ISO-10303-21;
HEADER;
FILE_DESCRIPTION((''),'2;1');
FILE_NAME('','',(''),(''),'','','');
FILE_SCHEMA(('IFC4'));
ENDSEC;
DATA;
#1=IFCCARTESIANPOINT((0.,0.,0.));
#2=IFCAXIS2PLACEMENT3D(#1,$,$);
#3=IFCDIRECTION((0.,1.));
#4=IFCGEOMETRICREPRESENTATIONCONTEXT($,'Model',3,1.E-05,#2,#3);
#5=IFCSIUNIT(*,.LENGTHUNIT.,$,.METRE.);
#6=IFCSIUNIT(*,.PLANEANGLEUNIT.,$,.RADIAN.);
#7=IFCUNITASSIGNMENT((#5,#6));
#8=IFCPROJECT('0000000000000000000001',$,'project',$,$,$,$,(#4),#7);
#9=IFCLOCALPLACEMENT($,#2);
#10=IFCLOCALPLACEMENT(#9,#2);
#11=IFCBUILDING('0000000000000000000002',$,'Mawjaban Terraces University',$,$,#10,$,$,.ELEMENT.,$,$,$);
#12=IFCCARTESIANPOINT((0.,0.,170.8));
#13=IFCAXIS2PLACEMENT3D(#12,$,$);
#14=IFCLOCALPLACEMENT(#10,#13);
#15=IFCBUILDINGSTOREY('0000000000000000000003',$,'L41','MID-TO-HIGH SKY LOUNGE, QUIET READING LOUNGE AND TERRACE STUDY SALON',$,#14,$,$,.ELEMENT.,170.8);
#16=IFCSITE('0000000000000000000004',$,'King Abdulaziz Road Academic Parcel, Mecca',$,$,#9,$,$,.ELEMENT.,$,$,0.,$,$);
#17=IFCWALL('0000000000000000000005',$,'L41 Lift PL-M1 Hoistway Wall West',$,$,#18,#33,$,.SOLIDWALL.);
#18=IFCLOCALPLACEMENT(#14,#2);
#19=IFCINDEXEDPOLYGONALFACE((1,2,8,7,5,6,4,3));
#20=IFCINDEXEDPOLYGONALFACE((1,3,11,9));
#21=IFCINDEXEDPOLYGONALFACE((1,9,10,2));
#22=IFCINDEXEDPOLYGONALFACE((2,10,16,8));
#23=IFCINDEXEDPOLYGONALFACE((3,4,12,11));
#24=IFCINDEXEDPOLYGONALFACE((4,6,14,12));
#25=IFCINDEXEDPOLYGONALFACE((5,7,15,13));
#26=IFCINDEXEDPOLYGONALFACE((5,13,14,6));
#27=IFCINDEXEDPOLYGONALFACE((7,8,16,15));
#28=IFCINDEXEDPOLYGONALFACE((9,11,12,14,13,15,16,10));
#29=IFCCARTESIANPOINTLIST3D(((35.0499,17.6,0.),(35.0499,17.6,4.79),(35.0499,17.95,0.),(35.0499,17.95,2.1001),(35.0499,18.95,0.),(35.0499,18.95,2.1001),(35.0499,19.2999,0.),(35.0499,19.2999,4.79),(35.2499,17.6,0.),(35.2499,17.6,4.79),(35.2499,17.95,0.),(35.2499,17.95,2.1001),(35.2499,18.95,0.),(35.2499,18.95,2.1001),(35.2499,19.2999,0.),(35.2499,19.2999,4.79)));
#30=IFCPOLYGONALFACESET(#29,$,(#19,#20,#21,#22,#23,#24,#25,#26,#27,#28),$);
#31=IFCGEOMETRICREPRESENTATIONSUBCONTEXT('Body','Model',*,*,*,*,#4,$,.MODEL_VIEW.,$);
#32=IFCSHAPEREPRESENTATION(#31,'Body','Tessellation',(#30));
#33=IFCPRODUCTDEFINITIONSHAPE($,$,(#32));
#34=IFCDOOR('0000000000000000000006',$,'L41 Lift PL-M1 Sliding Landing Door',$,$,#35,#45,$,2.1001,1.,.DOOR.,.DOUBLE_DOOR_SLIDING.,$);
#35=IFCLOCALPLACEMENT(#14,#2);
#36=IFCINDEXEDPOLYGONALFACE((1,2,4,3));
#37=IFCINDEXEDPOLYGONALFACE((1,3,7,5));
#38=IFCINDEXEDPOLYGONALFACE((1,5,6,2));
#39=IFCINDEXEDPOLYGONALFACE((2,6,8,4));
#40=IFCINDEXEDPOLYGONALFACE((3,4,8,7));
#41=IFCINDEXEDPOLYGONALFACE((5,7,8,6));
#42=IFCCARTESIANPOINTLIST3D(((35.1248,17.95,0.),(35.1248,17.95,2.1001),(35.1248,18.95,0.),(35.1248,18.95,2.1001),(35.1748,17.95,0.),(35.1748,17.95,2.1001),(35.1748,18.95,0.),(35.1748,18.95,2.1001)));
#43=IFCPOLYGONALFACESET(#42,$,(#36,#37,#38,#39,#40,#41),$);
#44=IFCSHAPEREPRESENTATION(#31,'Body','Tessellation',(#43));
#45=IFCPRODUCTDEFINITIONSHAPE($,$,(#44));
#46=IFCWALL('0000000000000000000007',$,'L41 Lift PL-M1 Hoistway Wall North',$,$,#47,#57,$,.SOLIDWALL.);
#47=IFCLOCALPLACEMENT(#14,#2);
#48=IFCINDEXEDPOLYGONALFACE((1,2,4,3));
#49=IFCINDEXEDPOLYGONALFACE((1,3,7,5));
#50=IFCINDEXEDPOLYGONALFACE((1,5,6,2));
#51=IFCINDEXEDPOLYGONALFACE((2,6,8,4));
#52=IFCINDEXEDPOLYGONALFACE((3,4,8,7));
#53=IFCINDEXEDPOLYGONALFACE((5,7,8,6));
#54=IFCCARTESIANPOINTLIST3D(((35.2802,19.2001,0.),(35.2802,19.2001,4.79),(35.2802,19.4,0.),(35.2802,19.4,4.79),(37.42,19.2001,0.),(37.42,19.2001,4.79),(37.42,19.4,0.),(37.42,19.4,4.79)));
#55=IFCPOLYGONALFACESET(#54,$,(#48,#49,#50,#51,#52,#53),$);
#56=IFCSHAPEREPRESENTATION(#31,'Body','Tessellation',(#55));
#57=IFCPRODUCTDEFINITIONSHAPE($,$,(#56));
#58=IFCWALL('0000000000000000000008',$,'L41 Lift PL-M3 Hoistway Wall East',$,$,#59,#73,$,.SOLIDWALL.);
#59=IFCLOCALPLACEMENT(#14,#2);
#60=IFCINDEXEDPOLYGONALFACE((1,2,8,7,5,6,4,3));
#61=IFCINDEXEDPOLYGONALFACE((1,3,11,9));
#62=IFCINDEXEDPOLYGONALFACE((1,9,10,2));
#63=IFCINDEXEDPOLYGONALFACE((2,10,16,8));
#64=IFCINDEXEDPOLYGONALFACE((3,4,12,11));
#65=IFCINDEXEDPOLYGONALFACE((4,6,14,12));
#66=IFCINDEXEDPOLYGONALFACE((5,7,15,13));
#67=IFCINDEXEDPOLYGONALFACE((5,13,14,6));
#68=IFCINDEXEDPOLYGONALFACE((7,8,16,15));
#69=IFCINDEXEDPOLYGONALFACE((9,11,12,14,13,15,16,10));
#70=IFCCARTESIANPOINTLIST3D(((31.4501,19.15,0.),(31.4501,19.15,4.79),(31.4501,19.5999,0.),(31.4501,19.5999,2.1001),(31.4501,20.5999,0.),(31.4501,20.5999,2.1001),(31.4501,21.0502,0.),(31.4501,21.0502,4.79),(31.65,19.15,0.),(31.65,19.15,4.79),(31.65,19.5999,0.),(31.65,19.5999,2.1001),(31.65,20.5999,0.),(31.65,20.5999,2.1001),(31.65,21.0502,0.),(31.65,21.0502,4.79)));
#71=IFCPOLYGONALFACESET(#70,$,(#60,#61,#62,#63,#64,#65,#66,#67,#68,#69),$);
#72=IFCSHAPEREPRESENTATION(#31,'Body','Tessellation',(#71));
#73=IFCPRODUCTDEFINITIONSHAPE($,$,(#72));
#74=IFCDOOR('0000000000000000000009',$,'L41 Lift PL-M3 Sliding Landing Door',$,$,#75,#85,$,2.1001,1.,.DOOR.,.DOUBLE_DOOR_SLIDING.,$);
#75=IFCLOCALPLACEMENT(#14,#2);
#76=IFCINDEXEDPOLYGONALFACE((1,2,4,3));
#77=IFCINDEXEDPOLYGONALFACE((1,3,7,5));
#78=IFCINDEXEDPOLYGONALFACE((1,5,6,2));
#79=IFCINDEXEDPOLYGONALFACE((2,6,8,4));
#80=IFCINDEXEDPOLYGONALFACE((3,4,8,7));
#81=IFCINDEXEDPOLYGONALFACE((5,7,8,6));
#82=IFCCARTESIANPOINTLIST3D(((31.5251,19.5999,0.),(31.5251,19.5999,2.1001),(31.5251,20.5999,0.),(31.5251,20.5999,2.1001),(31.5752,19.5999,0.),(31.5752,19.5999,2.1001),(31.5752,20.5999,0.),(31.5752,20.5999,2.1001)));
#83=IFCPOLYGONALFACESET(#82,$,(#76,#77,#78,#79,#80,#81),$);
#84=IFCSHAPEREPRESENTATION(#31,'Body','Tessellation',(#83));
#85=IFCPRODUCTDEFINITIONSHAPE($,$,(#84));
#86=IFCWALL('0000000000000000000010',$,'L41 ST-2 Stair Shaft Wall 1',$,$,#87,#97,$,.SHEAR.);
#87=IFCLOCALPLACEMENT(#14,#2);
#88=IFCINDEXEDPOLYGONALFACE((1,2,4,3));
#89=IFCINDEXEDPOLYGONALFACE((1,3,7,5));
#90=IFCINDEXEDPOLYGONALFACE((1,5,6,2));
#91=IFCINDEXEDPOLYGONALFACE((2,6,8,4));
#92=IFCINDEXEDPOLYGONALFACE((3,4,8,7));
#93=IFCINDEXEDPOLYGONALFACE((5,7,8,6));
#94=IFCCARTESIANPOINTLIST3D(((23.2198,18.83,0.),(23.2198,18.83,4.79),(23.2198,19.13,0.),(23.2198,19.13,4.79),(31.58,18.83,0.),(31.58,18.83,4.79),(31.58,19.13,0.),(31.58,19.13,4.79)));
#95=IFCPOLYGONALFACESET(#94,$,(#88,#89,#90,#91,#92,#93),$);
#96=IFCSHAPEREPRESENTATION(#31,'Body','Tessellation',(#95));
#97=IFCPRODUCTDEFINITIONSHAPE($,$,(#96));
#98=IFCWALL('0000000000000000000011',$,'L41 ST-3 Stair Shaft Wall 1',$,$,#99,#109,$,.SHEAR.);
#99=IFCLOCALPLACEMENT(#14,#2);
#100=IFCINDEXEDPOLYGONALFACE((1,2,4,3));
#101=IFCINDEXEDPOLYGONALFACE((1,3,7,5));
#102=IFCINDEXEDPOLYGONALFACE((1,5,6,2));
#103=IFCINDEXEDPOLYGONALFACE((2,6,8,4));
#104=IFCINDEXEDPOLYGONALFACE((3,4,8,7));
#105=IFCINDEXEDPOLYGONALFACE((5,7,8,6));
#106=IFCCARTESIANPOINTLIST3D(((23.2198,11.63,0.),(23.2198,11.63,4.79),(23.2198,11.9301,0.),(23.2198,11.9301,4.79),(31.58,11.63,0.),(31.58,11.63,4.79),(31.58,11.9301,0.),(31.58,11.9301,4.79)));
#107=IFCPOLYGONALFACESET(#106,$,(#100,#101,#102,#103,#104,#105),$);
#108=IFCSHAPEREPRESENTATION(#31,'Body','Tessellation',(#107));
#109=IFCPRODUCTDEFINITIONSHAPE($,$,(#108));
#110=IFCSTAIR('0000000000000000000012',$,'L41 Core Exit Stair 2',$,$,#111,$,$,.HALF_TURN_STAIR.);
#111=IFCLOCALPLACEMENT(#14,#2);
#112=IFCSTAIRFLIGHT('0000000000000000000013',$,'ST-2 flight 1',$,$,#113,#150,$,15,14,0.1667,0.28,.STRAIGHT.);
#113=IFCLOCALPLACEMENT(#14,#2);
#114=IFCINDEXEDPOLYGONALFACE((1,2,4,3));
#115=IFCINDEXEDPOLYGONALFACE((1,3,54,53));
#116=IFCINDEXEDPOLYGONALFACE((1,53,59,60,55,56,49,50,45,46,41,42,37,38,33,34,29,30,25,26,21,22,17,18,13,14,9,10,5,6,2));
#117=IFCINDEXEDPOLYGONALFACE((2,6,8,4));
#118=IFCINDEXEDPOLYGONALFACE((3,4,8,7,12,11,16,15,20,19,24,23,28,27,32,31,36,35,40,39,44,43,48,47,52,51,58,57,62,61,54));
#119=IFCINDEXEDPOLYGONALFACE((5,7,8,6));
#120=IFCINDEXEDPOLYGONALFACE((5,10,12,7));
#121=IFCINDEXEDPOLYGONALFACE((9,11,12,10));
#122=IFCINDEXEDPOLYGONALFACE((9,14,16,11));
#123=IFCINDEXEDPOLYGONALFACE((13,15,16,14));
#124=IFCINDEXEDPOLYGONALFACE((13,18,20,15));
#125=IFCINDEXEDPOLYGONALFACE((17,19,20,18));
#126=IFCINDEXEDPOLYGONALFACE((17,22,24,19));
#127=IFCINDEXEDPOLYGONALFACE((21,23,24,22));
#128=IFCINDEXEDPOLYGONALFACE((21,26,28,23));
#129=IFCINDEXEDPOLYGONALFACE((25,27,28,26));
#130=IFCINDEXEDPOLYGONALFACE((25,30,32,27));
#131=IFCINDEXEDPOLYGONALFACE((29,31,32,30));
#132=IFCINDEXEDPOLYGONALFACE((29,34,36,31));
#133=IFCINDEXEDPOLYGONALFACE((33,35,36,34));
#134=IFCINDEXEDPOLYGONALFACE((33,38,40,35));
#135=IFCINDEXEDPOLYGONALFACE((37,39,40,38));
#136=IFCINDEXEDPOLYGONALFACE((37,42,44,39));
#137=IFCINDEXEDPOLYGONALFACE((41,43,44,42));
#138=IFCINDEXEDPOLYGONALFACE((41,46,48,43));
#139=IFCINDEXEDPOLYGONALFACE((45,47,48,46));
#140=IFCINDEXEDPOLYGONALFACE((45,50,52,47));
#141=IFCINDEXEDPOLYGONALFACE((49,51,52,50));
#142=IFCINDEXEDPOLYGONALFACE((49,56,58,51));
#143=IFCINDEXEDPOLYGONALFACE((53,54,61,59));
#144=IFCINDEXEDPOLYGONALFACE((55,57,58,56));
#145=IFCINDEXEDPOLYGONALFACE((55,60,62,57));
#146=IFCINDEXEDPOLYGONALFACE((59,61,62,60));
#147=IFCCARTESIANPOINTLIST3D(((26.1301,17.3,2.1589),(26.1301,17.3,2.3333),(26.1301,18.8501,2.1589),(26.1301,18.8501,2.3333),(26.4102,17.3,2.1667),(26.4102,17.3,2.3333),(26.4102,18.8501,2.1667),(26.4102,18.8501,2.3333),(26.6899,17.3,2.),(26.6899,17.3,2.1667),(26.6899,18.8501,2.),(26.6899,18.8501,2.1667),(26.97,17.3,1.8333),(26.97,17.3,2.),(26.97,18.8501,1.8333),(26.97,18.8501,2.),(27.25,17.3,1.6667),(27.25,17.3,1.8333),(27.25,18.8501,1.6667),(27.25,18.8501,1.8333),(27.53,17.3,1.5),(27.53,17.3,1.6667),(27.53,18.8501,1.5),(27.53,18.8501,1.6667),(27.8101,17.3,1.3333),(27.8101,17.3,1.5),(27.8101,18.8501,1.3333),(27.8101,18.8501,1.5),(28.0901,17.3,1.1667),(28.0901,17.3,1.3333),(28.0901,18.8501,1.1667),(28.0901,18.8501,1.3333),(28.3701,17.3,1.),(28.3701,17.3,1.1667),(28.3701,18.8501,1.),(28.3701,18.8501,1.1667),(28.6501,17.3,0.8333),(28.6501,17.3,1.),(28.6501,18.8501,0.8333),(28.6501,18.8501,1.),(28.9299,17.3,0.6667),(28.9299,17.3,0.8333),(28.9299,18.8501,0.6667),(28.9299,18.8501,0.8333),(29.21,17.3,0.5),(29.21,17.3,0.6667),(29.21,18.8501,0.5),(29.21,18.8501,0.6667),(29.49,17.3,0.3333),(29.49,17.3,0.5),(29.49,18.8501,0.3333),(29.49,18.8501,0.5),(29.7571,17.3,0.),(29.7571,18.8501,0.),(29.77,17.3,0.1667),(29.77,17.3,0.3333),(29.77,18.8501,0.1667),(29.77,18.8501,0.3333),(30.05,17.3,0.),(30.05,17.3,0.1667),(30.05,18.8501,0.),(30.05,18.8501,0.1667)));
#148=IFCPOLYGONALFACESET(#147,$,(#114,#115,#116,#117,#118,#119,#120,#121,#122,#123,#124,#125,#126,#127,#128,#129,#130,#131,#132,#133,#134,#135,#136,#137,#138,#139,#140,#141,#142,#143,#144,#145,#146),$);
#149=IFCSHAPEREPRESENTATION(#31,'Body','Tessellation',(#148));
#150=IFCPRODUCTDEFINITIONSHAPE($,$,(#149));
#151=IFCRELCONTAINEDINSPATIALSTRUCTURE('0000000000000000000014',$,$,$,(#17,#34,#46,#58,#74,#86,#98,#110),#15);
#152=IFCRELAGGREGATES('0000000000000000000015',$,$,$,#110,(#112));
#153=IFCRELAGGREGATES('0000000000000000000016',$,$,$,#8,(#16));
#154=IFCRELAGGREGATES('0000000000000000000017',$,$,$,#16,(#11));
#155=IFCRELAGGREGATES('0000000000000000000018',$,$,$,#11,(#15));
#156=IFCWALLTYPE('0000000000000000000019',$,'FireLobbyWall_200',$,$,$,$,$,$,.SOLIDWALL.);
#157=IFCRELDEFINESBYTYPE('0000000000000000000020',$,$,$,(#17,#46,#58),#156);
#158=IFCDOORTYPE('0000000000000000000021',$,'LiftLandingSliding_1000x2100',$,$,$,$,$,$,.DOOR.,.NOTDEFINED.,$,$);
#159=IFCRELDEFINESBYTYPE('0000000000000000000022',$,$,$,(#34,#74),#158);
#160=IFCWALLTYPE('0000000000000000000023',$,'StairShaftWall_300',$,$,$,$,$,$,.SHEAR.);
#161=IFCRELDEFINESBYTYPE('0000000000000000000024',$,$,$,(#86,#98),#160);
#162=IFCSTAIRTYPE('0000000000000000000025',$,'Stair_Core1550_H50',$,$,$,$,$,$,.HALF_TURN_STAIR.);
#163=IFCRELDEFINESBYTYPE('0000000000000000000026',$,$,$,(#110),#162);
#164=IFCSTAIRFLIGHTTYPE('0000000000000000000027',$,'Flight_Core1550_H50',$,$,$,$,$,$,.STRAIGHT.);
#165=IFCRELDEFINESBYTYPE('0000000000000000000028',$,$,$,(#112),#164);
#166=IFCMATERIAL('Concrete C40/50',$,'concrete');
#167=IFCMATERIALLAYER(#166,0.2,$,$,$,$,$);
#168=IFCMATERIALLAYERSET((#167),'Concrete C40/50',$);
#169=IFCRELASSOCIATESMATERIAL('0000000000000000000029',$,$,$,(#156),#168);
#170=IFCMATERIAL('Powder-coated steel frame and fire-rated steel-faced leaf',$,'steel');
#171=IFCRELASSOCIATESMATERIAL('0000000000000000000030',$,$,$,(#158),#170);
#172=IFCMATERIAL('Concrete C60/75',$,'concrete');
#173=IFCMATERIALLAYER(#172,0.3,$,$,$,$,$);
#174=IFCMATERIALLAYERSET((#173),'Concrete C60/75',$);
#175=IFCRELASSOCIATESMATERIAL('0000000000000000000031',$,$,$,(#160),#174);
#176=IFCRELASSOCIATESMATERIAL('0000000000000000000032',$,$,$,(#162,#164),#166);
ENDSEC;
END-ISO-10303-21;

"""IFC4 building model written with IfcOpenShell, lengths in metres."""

from ifc_helpers import new_model, si_unit, direction, frame, frame_2d, origin, place, context, subcontext, project, spatial, polyline, rectangle, outline, extrude, material, layer, layer_set, type_object, element, fill, aggregate, save


model = new_model("IFC4")

# Units and contexts
model_context = context("Model", 3, precision=1e-05, world=origin(), true_north=direction((0.0, 1.0)))
body_context = subcontext(model_context, "Body", "Model", "MODEL_VIEW")
ifc_project = project(units=[si_unit("LENGTHUNIT", "METRE"), si_unit("PLANEANGLEUNIT", "RADIAN")], contexts=[model_context])

# Site, building, storey
site_placement = place(None, origin())
site = spatial("IfcSite", under=ifc_project, at=site_placement, Name="King Abdulaziz Road Academic Parcel, Mecca", CompositionType="ELEMENT", RefElevation=0.0)
building_placement = place(site_placement, origin())
building = spatial("IfcBuilding", under=site, at=building_placement, Name="Mawjaban Terraces University", CompositionType="ELEMENT")
storey_placement = place(building_placement, frame((0.0, 0.0, 170.8)))
storey = spatial("IfcBuildingStorey", under=building, at=storey_placement, Name="L41", Description="MID-TO-HIGH SKY LOUNGE, QUIET READING LOUNGE AND TERRACE STUDY SALON", CompositionType="ELEMENT", Elevation=170.8)

# Shared definitions
ifc_material_1 = material(Name="Concrete C40/50", Category="concrete")
ifc_layer_1 = layer(ifc_material_1, 0.2)
ifc_layer_set_1 = layer_set([ifc_layer_1], Name="Concrete C40/50")
wall_type_1 = type_object("IfcWallType", Name="FireLobbyWall_200", PredefinedType="SOLIDWALL", material=ifc_layer_set_1)
ifc_material_2 = material(Name="Powder-coated steel frame and fire-rated steel-faced leaf", Category="steel")
door_type_1 = type_object("IfcDoorType", Name="LiftLandingSliding_1000x2100", OperationType="NOTDEFINED", PredefinedType="DOOR", material=ifc_material_2)

# Wall, opening, door
wall_1_placement = place(storey_placement, frame((35.1499, 19.3, 0.0), z_axis=(0.0, 0.0, 1.0), x_axis=(0.0, -1.0, 0.0)))
wall_1 = element("IfcWall", 1, at=wall_1_placement, inside=storey, type_object=wall_type_1, Name="L41 Lift PL-M1 Hoistway Wall West", PredefinedType="SOLIDWALL", context=body_context, shape_type="SweptSolid", body=[
    extrude(rectangle(XDim=1.7, YDim=0.2, at=frame_2d((0.8501, 0.0))), origin(), (0.0, 0.0, 1.0), 4.79),
])
opening_1_placement = place(wall_1_placement, frame((0.3501, 0.0, 0.0)))
opening_1 = element("IfcOpeningElement", 2, at=opening_1_placement, cuts=wall_1, PredefinedType="OPENING", context=body_context, shape_type="SweptSolid", body=[
    extrude(rectangle(XDim=1.0, YDim=2.1001, at=frame_2d((0.5, 1.05))), frame((0.0, 0.1099, 0.0), z_axis=(0.0, -1.0, 0.0), x_axis=(1.0, 0.0, 0.0)), (0.0, 0.0, 1.0), 0.22),
])
door_1_placement = place(opening_1_placement, origin())
door_1 = element("IfcDoor", 3, at=door_1_placement, inside=storey, type_object=door_type_1, Name="L41 Lift PL-M1 Sliding Landing Door", OperationType="DOUBLE_DOOR_SLIDING", OverallHeight=2.1001, OverallWidth=1.0, PredefinedType="DOOR", context=body_context, shape_type="SweptSolid", body=[
    extrude(rectangle(XDim=1.0, YDim=2.1001, at=frame_2d((0.5, 1.05))), frame((0.0, 0.0249, 0.0), z_axis=(0.0, -1.0, 0.0), x_axis=(1.0, 0.0, 0.0)), (0.0, 0.0, 1.0), 0.05),
])
fill(opening_1, door_1)

# Wall
wall_2_placement = place(storey_placement, frame((37.4199, 19.3, 0.0), z_axis=(0.0, 0.0, 1.0), x_axis=(-1.0, 0.0, 0.0)))
element("IfcWall", 4, at=wall_2_placement, inside=storey, type_object=wall_type_1, Name="L41 Lift PL-M1 Hoistway Wall North", PredefinedType="SOLIDWALL", context=body_context, shape_type="SweptSolid", body=[
    extrude(rectangle(XDim=2.1399, YDim=0.2, at=frame_2d((1.0698, 0.0))), origin(), (0.0, 0.0, 1.0), 4.79),
])

# Wall, opening, door
wall_3_placement = place(storey_placement, frame((31.55, 19.1499, 0.0), z_axis=(0.0, 0.0, 1.0), x_axis=(0.0, 1.0, 0.0)))
wall_3 = element("IfcWall", 5, at=wall_3_placement, inside=storey, type_object=wall_type_1, Name="L41 Lift PL-M3 Hoistway Wall East", PredefinedType="SOLIDWALL", context=body_context, shape_type="SweptSolid", body=[
    extrude(rectangle(XDim=1.9001, YDim=0.2, at=frame_2d((0.9502, 0.0))), origin(), (0.0, 0.0, 1.0), 4.79),
])
opening_2_placement = place(wall_3_placement, frame((0.45, 0.0, 0.0)))
opening_2 = element("IfcOpeningElement", 6, at=opening_2_placement, cuts=wall_3, PredefinedType="OPENING", context=body_context, shape_type="SweptSolid", body=[
    extrude(rectangle(XDim=1.0, YDim=2.1001, at=frame_2d((0.5, 1.05))), frame((0.0, 0.1099, 0.0), z_axis=(0.0, -1.0, 0.0), x_axis=(1.0, 0.0, 0.0)), (0.0, 0.0, 1.0), 0.22),
])
door_2_placement = place(opening_2_placement, origin())
door_2 = element("IfcDoor", 7, at=door_2_placement, inside=storey, type_object=door_type_1, Name="L41 Lift PL-M3 Sliding Landing Door", OperationType="DOUBLE_DOOR_SLIDING", OverallHeight=2.1001, OverallWidth=1.0, PredefinedType="DOOR", context=body_context, shape_type="SweptSolid", body=[
    extrude(rectangle(XDim=1.0, YDim=2.1001, at=frame_2d((0.5, 1.05))), frame((0.0, 0.0249, 0.0), z_axis=(0.0, -1.0, 0.0), x_axis=(1.0, 0.0, 0.0)), (0.0, 0.0, 1.0), 0.05),
])
fill(opening_2, door_2)

# Wall
ifc_material_3 = material(Name="Concrete C60/75", Category="concrete")
ifc_layer_2 = layer(ifc_material_3, 0.3)
ifc_layer_set_2 = layer_set([ifc_layer_2], Name="Concrete C60/75")
wall_type_2 = type_object("IfcWallType", Name="StairShaftWall_300", PredefinedType="SHEAR", material=ifc_layer_set_2)
wall_4_placement = place(storey_placement, frame((31.5801, 18.98, 0.0), z_axis=(0.0, 0.0, 1.0), x_axis=(-1.0, 0.0, 0.0)))
element("IfcWall", 8, at=wall_4_placement, inside=storey, type_object=wall_type_2, Name="L41 ST-2 Stair Shaft Wall 1", PredefinedType="SHEAR", context=body_context, shape_type="SweptSolid", body=[
    extrude(rectangle(XDim=8.3601, YDim=0.3, at=frame_2d((4.1802, 0.0))), origin(), (0.0, 0.0, 1.0), 4.79),
])

# Wall
wall_5_placement = place(storey_placement, frame((31.5801, 11.78, 0.0), z_axis=(0.0, 0.0, 1.0), x_axis=(-1.0, 0.0, 0.0)))
element("IfcWall", 9, at=wall_5_placement, inside=storey, type_object=wall_type_2, Name="L41 ST-3 Stair Shaft Wall 1", PredefinedType="SHEAR", context=body_context, shape_type="SweptSolid", body=[
    extrude(rectangle(XDim=8.3601, YDim=0.3, at=frame_2d((4.1802, 0.0))), origin(), (0.0, 0.0, 1.0), 4.79),
])

# Stair, stair flight
stair_type = type_object("IfcStairType", Name="Stair_Core1550_H50", PredefinedType="HALF_TURN_STAIR", material=ifc_material_1)
stair_placement = place(storey_placement, origin())
stair = element("IfcStair", 10, at=stair_placement, inside=storey, type_object=stair_type, Name="L41 Core Exit Stair 2", PredefinedType="HALF_TURN_STAIR")
stair_flight_type = type_object("IfcStairFlightType", Name="Flight_Core1550_H50", PredefinedType="STRAIGHT", material=ifc_material_1)
stair_flight_placement = place(storey_placement, frame((30.05, 18.075, 0.0), z_axis=(0.0, 0.0, 1.0), x_axis=(-1.0, 0.0, 0.0)))
stair_flight = element("IfcStairFlight", 11, at=stair_flight_placement, type_object=stair_flight_type, Name="ST-2 flight 1", NumberOfRisers=15, NumberOfTreads=14, PredefinedType="STRAIGHT", RiserHeight=0.1667, TreadLength=0.28, context=body_context, shape_type="SweptSolid", body=[
    extrude(outline(polyline([(0.0, 0.0), (0.0, 0.1667), (0.28, 0.1667), (0.28, 0.3333), (0.5601, 0.3333), (0.5601, 0.5), (0.8401, 0.5), (0.8401, 0.6667), (1.1201, 0.6667), (1.1201, 0.8333), (1.3999, 0.8333), (1.3999, 1.0), (1.6799, 1.0), (1.6799, 1.1667), (1.96, 1.1667), (1.96, 1.3333), (2.24, 1.3333), (2.24, 1.5), (2.52, 1.5), (2.52, 1.6667), (2.8, 1.6667), (2.8, 1.8333), (3.0801, 1.8333), (3.0801, 2.0), (3.3601, 2.0), (3.3601, 2.1667), (3.6399, 2.1667), (3.6399, 2.3333), (3.9199, 2.3333), (3.9199, 2.5), (3.9199, 2.1589), (0.293, 0.0), (0.0, 0.0)])), frame((0.0, 0.7749, 0.0), z_axis=(0.0, -1.0, 0.0), x_axis=(1.0, 0.0, 0.0)), (0.0, 0.0, 1.0), 1.55),
])
aggregate(stair, [stair_flight])

save(model, "model.ifc")
